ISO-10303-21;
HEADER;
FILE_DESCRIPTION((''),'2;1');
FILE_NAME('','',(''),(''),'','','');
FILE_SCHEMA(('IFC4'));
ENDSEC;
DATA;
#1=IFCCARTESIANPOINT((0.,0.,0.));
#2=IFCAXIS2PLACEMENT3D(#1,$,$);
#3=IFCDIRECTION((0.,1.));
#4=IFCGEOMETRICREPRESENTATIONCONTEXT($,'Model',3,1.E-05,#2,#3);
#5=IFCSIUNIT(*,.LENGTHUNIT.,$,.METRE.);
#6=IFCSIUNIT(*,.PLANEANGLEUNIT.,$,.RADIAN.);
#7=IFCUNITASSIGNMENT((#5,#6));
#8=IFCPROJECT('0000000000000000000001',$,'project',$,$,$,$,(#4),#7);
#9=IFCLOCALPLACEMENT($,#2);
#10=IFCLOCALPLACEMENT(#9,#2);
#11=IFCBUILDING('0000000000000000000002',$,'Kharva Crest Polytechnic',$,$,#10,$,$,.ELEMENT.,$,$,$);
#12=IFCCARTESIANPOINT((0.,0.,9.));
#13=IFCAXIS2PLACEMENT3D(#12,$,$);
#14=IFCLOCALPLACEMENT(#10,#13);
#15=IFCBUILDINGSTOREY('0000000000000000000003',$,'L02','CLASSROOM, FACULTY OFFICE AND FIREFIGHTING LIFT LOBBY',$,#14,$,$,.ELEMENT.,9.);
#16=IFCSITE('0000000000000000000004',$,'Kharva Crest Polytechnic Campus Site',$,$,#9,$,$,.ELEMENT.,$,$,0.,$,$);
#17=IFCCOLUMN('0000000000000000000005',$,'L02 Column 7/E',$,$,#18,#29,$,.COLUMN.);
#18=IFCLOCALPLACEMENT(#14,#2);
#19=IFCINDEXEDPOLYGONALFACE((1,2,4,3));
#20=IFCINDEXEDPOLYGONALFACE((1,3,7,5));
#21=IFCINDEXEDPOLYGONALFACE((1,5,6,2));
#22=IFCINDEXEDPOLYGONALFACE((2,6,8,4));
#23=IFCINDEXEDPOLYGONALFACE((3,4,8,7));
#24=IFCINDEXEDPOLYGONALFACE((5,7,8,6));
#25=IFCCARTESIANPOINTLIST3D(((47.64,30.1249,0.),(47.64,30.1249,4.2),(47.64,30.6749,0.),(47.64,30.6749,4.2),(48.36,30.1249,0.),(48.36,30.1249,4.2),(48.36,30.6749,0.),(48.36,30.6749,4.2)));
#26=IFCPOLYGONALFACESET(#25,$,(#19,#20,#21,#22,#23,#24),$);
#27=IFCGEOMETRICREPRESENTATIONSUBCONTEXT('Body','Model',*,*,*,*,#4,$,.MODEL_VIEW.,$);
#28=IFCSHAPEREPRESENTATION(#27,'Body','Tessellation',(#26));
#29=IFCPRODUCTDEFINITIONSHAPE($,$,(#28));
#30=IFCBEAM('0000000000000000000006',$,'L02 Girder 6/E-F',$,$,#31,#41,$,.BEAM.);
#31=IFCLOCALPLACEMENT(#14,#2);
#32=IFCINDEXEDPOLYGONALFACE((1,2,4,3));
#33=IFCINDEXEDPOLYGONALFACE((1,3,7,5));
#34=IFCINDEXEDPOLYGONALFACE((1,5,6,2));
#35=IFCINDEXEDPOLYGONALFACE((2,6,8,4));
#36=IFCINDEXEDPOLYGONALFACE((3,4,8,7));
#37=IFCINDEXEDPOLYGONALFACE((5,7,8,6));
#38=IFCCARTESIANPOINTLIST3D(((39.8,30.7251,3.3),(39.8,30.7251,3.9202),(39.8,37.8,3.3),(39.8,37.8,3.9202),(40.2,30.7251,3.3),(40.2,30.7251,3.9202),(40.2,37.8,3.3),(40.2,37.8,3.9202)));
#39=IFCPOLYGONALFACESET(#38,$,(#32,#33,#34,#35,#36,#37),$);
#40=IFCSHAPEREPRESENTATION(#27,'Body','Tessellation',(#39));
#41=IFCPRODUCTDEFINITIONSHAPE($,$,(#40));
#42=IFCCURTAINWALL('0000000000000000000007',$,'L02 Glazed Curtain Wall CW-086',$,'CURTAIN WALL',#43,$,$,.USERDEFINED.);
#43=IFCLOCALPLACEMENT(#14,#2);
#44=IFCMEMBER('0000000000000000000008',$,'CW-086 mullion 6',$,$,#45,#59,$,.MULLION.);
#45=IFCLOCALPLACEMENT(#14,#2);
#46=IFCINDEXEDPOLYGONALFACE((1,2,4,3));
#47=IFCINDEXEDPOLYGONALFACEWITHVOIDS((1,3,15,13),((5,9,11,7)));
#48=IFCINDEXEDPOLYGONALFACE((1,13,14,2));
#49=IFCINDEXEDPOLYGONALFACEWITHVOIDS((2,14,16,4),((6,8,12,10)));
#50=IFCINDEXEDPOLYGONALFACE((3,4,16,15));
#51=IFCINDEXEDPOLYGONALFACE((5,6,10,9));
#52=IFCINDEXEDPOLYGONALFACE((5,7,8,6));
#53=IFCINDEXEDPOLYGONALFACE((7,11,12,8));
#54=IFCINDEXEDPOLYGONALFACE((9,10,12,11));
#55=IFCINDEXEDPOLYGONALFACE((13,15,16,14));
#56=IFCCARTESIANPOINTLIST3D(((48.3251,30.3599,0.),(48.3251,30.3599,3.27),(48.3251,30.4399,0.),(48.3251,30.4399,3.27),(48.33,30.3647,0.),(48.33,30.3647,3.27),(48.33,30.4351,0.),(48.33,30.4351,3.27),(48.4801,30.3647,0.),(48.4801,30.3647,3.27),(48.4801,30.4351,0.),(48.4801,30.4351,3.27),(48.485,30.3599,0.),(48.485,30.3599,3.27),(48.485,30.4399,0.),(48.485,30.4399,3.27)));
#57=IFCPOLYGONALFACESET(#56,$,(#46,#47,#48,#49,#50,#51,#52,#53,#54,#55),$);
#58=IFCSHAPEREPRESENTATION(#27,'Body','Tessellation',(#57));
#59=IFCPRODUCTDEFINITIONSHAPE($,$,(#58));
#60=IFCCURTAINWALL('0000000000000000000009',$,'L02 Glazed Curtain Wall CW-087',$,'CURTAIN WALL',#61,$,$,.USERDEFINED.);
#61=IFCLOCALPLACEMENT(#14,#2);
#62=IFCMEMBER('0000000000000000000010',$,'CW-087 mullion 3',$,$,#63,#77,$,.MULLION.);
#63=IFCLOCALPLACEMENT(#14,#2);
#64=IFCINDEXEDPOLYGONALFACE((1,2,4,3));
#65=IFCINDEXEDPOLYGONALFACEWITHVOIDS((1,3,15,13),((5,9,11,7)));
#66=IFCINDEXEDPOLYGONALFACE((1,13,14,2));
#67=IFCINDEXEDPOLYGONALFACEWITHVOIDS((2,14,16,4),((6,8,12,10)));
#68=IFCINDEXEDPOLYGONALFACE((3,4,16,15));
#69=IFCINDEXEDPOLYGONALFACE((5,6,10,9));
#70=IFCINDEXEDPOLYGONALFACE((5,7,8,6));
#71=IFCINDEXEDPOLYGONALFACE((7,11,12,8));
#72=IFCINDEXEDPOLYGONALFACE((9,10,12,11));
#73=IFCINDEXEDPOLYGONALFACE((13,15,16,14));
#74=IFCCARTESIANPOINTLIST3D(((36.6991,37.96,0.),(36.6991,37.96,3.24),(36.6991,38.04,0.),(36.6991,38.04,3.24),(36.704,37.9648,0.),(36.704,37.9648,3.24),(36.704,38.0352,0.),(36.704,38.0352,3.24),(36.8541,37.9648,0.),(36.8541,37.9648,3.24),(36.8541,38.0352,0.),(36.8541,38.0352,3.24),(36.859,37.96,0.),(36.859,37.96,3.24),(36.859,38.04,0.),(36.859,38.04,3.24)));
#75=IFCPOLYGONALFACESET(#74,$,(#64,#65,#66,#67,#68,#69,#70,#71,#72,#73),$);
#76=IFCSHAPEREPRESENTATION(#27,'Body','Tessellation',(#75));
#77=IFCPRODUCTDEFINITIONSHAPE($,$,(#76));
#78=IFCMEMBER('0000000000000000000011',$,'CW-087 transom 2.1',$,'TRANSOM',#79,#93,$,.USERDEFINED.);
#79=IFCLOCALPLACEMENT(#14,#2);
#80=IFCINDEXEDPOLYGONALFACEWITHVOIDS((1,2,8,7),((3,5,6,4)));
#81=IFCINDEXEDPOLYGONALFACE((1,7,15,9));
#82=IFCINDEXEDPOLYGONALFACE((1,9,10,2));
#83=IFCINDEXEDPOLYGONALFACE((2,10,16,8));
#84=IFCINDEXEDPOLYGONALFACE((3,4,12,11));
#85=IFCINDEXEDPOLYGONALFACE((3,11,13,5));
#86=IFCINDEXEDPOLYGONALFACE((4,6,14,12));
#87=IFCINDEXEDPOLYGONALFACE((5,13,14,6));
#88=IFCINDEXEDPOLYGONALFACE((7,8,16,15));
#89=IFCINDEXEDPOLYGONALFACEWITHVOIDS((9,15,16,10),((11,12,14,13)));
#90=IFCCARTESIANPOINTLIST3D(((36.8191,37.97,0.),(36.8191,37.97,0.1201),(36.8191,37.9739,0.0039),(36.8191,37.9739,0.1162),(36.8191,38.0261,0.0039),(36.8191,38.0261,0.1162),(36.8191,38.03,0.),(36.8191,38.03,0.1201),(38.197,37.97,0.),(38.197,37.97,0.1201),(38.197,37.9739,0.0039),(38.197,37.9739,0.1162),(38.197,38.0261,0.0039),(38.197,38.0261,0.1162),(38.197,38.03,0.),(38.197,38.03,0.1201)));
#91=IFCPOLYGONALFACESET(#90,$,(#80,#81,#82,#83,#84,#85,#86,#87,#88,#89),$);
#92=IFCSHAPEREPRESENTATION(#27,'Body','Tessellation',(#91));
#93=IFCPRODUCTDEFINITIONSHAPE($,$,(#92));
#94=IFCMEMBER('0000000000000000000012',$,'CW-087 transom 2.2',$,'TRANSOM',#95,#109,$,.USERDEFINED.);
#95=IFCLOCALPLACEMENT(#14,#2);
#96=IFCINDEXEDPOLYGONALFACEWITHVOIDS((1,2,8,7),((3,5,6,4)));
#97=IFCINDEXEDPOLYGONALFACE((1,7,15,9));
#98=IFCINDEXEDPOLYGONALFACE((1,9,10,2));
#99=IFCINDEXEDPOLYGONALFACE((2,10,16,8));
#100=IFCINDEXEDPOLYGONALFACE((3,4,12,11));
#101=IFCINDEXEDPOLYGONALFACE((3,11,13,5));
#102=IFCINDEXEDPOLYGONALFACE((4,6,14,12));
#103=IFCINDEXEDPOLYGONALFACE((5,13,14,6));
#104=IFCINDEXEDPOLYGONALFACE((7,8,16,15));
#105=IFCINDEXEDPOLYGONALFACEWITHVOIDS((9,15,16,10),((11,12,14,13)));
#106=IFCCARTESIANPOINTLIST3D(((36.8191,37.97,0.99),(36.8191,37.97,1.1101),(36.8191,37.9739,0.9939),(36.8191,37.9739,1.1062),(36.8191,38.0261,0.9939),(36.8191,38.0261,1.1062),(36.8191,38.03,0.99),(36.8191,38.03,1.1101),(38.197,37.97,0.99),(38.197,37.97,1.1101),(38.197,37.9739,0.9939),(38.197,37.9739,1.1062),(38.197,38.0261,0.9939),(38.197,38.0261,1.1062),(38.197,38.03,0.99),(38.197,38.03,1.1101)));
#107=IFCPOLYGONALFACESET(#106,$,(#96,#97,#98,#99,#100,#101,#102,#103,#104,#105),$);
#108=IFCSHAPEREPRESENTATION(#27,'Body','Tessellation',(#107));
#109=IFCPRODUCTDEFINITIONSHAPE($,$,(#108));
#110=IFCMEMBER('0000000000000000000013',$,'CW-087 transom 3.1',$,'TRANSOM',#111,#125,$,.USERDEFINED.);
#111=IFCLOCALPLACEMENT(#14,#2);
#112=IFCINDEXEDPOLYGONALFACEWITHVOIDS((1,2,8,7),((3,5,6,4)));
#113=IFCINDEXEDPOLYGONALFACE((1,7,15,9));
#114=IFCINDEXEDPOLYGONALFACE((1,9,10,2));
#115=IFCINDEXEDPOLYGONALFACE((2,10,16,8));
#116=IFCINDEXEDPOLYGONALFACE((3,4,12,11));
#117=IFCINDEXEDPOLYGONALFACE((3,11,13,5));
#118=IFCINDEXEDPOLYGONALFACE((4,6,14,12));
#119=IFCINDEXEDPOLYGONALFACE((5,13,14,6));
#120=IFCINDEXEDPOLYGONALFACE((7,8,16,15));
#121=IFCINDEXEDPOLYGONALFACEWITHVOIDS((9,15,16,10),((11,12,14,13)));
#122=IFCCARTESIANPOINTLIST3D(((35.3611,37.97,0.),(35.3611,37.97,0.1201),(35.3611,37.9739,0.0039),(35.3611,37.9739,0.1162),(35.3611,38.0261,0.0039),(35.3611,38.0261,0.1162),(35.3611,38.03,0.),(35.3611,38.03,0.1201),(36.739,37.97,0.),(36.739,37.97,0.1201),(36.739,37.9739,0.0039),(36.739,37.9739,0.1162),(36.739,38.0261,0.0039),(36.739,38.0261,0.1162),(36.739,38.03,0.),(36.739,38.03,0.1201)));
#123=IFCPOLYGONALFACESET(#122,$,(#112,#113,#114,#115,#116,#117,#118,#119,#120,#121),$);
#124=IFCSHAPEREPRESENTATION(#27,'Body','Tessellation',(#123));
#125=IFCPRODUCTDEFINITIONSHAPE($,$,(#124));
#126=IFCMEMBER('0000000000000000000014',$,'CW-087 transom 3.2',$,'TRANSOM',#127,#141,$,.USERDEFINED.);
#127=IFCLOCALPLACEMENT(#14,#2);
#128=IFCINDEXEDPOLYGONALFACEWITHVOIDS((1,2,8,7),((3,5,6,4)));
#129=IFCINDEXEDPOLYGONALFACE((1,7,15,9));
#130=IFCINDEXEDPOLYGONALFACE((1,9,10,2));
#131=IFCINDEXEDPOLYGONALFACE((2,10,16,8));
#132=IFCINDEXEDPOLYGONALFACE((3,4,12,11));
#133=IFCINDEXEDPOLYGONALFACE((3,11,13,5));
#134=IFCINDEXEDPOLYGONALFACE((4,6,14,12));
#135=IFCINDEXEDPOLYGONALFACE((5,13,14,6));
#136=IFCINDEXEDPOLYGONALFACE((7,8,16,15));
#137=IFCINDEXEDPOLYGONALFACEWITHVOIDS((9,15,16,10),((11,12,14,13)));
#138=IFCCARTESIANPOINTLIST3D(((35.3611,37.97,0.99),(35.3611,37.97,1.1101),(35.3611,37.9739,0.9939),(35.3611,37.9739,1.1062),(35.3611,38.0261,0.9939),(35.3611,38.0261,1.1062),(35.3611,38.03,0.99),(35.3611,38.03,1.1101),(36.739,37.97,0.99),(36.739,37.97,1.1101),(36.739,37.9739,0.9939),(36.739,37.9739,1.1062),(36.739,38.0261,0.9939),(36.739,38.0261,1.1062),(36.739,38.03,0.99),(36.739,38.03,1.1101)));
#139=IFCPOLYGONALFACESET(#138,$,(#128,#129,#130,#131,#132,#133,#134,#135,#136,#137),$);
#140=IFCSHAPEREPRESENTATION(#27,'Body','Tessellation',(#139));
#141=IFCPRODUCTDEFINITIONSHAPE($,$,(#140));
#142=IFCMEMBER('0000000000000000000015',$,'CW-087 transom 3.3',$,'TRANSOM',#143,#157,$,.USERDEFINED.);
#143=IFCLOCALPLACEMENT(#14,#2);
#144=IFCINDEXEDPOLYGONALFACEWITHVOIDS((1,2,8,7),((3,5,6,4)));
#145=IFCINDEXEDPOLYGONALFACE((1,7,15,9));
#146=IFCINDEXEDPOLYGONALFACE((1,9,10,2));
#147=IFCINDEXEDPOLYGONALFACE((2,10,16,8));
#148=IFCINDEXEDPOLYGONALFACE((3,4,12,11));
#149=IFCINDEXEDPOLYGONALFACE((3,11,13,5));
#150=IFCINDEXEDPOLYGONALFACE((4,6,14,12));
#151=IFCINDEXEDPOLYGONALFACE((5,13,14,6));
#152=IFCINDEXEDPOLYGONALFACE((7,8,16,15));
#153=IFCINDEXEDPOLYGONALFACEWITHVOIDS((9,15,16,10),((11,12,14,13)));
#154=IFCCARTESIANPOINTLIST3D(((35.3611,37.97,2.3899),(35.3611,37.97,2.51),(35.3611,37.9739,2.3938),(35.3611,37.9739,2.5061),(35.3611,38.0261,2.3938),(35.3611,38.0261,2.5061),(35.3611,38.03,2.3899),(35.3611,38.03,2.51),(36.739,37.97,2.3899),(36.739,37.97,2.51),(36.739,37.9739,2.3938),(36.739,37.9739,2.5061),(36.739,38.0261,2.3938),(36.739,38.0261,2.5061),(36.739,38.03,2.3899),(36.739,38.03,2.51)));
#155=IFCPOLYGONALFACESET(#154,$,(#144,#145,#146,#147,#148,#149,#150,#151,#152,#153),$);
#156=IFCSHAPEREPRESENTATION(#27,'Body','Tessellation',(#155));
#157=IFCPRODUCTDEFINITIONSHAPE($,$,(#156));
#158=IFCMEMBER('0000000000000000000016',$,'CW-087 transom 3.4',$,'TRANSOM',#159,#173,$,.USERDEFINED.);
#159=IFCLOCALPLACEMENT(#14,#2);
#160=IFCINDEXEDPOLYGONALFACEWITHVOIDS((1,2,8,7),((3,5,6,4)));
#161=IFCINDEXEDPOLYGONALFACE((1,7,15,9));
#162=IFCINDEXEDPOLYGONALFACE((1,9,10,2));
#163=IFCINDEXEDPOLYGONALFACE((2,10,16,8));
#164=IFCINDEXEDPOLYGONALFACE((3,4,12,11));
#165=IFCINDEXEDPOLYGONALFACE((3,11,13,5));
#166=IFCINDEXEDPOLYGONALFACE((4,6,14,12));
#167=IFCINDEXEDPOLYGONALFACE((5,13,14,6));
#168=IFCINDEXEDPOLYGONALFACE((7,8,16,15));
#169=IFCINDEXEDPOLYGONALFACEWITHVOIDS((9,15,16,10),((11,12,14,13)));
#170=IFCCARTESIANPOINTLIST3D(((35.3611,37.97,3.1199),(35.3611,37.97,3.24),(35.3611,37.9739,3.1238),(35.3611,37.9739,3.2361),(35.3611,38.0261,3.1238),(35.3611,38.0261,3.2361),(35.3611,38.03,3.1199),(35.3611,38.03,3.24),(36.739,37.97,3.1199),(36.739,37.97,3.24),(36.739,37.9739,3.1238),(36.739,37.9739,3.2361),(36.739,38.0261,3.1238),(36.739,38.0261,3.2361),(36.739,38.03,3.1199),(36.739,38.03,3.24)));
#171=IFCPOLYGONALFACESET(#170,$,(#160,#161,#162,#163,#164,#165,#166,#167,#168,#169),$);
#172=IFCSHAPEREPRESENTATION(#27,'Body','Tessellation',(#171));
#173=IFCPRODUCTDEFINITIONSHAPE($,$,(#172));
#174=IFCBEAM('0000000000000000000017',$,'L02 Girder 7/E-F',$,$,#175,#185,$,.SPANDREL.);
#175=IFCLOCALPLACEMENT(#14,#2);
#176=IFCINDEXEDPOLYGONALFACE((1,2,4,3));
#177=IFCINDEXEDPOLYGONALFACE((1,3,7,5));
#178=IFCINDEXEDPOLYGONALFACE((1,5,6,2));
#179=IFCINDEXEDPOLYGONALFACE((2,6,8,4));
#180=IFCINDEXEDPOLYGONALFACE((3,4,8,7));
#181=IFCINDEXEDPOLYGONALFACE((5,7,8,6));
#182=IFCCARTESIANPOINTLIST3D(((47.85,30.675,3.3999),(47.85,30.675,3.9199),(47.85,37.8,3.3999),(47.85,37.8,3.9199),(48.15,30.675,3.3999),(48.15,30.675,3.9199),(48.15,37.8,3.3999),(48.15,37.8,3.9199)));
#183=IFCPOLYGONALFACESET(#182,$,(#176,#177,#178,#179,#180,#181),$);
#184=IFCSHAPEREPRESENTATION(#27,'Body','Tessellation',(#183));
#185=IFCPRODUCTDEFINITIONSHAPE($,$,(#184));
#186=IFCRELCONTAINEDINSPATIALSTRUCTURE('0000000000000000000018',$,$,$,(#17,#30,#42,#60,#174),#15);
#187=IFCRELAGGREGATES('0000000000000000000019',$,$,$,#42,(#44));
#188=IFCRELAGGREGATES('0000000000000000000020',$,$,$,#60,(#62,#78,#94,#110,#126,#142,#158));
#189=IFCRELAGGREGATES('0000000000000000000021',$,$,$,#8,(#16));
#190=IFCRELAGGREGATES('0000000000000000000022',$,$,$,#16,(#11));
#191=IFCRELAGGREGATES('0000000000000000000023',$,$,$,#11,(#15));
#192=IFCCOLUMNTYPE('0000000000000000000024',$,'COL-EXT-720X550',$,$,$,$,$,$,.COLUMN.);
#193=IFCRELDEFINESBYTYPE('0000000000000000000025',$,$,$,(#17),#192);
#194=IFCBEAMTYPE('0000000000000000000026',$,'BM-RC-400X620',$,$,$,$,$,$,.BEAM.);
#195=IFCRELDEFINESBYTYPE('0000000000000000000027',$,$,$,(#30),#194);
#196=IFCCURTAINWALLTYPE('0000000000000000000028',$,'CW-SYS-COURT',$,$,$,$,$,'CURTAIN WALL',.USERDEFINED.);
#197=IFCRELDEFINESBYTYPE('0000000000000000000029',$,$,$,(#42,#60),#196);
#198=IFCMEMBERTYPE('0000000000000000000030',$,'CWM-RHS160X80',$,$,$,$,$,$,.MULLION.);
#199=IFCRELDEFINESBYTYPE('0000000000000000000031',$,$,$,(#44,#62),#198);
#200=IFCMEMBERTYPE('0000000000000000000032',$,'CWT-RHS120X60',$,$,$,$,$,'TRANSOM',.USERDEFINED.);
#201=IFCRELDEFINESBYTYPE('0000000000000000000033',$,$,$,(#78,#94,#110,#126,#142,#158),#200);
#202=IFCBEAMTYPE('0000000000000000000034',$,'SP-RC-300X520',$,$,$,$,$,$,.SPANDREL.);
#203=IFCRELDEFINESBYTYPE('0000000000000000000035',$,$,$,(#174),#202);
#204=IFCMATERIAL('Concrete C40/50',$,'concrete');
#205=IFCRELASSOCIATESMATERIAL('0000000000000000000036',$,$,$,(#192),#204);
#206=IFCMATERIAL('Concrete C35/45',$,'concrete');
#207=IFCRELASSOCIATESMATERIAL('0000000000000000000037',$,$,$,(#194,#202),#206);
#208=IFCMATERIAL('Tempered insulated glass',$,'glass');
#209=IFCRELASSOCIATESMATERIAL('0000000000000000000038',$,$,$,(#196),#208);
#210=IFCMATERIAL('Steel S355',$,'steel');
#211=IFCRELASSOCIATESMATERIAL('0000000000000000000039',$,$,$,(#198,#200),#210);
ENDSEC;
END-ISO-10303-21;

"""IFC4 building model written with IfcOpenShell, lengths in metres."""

from ifc_helpers import new_model, si_unit, direction, frame, origin, origin_2d, place, context, subcontext, project, spatial, rectangle, hollow_rectangle, extrude, material, material_profile, profile_set, type_object, element, aggregate, save


model = new_model("IFC4")

# Units and contexts
model_context = context("Model", 3, precision=1e-05, world=origin(), true_north=direction((0.0, 1.0)))
body_context = subcontext(model_context, "Body", "Model", "MODEL_VIEW")
ifc_project = project(units=[si_unit("LENGTHUNIT", "METRE"), si_unit("PLANEANGLEUNIT", "RADIAN")], contexts=[model_context])

# Site, building, storey
site_placement = place(None, origin())
site = spatial("IfcSite", under=ifc_project, at=site_placement, Name="Kharva Crest Polytechnic Campus Site", CompositionType="ELEMENT", RefElevation=0.0)
building_placement = place(site_placement, origin())
building = spatial("IfcBuilding", under=site, at=building_placement, Name="Kharva Crest Polytechnic", CompositionType="ELEMENT")
storey_placement = place(building_placement, frame((0.0, 0.0, 9.0)))
storey = spatial("IfcBuildingStorey", under=building, at=storey_placement, Name="L02", Description="CLASSROOM, FACULTY OFFICE AND FIREFIGHTING LIFT LOBBY", CompositionType="ELEMENT", Elevation=9.0)

# Column
ifc_material_1 = material(Name="Concrete C40/50", Category="concrete")
ifc_material_profile_1 = material_profile(ifc_material_1, rectangle(XDim=0.72, YDim=0.55, at=origin_2d()), Name="RECT 720 X 550")
ifc_profile_set_1 = profile_set([ifc_material_profile_1], Name="Concrete C40/50")
column_type = type_object("IfcColumnType", Name="COL-EXT-720X550", PredefinedType="COLUMN", material=ifc_profile_set_1)
column_placement = place(storey_placement, frame((48.0, 30.3999, 0.0), z_axis=(0.0, 0.0, 1.0), x_axis=(1.0, 0.0, 0.0)))
element("IfcColumn", 1, at=column_placement, inside=storey, type_object=column_type, Name="L02 Column 7/E", PredefinedType="COLUMN", context=body_context, shape_type="SweptSolid", body=[
    extrude(rectangle(XDim=0.72, YDim=0.55, at=origin_2d()), origin(), (0.0, 0.0, 1.0), 4.2),
])

# Beam
ifc_material_2 = material(Name="Concrete C35/45", Category="concrete")
ifc_material_profile_2 = material_profile(ifc_material_2, rectangle(XDim=0.3999, YDim=0.6201, at=origin_2d()), Name="RECT 400 X 620")
ifc_profile_set_2 = profile_set([ifc_material_profile_2], Name="Concrete C35/45")
beam_type_1 = type_object("IfcBeamType", Name="BM-RC-400X620", PredefinedType="BEAM", material=ifc_profile_set_2)
beam_1_placement = place(storey_placement, frame((40.0, 30.7251, 3.6101), z_axis=(0.0, 1.0, 0.0), x_axis=(-1.0, 0.0, 0.0)))
element("IfcBeam", 2, at=beam_1_placement, inside=storey, type_object=beam_type_1, Name="L02 Girder 6/E-F", PredefinedType="BEAM", context=body_context, shape_type="SweptSolid", body=[
    extrude(rectangle(XDim=0.3999, YDim=0.6201, at=origin_2d()), origin(), (0.0, 0.0, 1.0), 7.075),
])

# Curtain wall, member
ifc_material_3 = material(Name="Tempered insulated glass", Category="glass")
curtain_wall_type = type_object("IfcCurtainWallType", Name="CW-SYS-COURT", ElementType="CURTAIN WALL", PredefinedType="USERDEFINED", material=ifc_material_3)
curtain_wall_1_placement = place(storey_placement, origin())
curtain_wall_1 = element("IfcCurtainWall", 3, at=curtain_wall_1_placement, inside=storey, type_object=curtain_wall_type, Name="L02 Glazed Curtain Wall CW-086", ObjectType="CURTAIN WALL", PredefinedType="USERDEFINED")
ifc_material_4 = material(Name="Steel S355", Category="steel")
ifc_material_profile_3 = material_profile(ifc_material_4, hollow_rectangle(XDim=0.0801, YDim=0.1599, WallThickness=0.0049, at=origin_2d()), Name="RHS 160X80X5.0")
ifc_profile_set_3 = profile_set([ifc_material_profile_3], Name="Steel S355")
member_type_1 = type_object("IfcMemberType", Name="CWM-RHS160X80", PredefinedType="MULLION", material=ifc_profile_set_3)
member_1_placement = place(storey_placement, frame((48.405, 30.3999, 0.0), z_axis=(0.0, 0.0, 1.0), x_axis=(0.0, -1.0, 0.0)))
member_1 = element("IfcMember", 4, at=member_1_placement, type_object=member_type_1, Name="CW-086 mullion 6", PredefinedType="MULLION", context=body_context, shape_type="SweptSolid", body=[
    extrude(hollow_rectangle(XDim=0.0801, YDim=0.1599, WallThickness=0.0049, at=origin_2d()), origin(), (0.0, 0.0, 1.0), 3.27),
])

# Curtain wall, members
curtain_wall_2_placement = place(storey_placement, origin())
curtain_wall_2 = element("IfcCurtainWall", 5, at=curtain_wall_2_placement, inside=storey, type_object=curtain_wall_type, Name="L02 Glazed Curtain Wall CW-087", ObjectType="CURTAIN WALL", PredefinedType="USERDEFINED")
member_2_placement = place(storey_placement, frame((36.7791, 38.0, 0.0), z_axis=(0.0, 0.0, 1.0), x_axis=(0.0, -1.0, 0.0)))
member_2 = element("IfcMember", 6, at=member_2_placement, type_object=member_type_1, Name="CW-087 mullion 3", PredefinedType="MULLION", context=body_context, shape_type="SweptSolid", body=[
    extrude(hollow_rectangle(XDim=0.0801, YDim=0.1599, WallThickness=0.0049, at=origin_2d()), origin(), (0.0, 0.0, 1.0), 3.24),
])
ifc_material_profile_4 = material_profile(ifc_material_4, hollow_rectangle(XDim=0.0601, YDim=0.1201, WallThickness=0.0039, at=origin_2d()), Name="RHS 120X60X4.0")
ifc_profile_set_4 = profile_set([ifc_material_profile_4], Name="Steel S355")
member_type_2 = type_object("IfcMemberType", Name="CWT-RHS120X60", ElementType="TRANSOM", PredefinedType="USERDEFINED", material=ifc_profile_set_4)
member_3_placement = place(storey_placement, frame((38.197, 38.0, 0.0601), z_axis=(-1.0, 0.0, 0.0), x_axis=(0.0, -1.0, 0.0)))
member_3 = element("IfcMember", 7, at=member_3_placement, type_object=member_type_2, Name="CW-087 transom 2.1", ObjectType="TRANSOM", PredefinedType="USERDEFINED", context=body_context, shape_type="SweptSolid", body=[
    extrude(hollow_rectangle(XDim=0.0601, YDim=0.1201, WallThickness=0.0039, at=origin_2d()), origin(), (0.0, 0.0, 1.0), 1.3779),
])
member_4_placement = place(storey_placement, frame((38.197, 38.0, 1.05), z_axis=(-1.0, 0.0, 0.0), x_axis=(0.0, -1.0, 0.0)))
member_4 = element("IfcMember", 8, at=member_4_placement, type_object=member_type_2, Name="CW-087 transom 2.2", ObjectType="TRANSOM", PredefinedType="USERDEFINED", context=body_context, shape_type="SweptSolid", body=[
    extrude(hollow_rectangle(XDim=0.0601, YDim=0.1201, WallThickness=0.0039, at=origin_2d()), origin(), (0.0, 0.0, 1.0), 1.3779),
])
member_5_placement = place(storey_placement, frame((36.739, 38.0, 0.0601), z_axis=(-1.0, 0.0, 0.0), x_axis=(0.0, -1.0, 0.0)))
member_5 = element("IfcMember", 9, at=member_5_placement, type_object=member_type_2, Name="CW-087 transom 3.1", ObjectType="TRANSOM", PredefinedType="USERDEFINED", context=body_context, shape_type="SweptSolid", body=[
    extrude(hollow_rectangle(XDim=0.0601, YDim=0.1201, WallThickness=0.0039, at=origin_2d()), origin(), (0.0, 0.0, 1.0), 1.3779),
])
member_6_placement = place(storey_placement, frame((36.739, 38.0, 1.05), z_axis=(-1.0, 0.0, 0.0), x_axis=(0.0, -1.0, 0.0)))
member_6 = element("IfcMember", 10, at=member_6_placement, type_object=member_type_2, Name="CW-087 transom 3.2", ObjectType="TRANSOM", PredefinedType="USERDEFINED", context=body_context, shape_type="SweptSolid", body=[
    extrude(hollow_rectangle(XDim=0.0601, YDim=0.1201, WallThickness=0.0039, at=origin_2d()), origin(), (0.0, 0.0, 1.0), 1.3779),
])
member_7_placement = place(storey_placement, frame((36.739, 38.0, 2.45), z_axis=(-1.0, 0.0, 0.0), x_axis=(0.0, -1.0, 0.0)))
member_7 = element("IfcMember", 11, at=member_7_placement, type_object=member_type_2, Name="CW-087 transom 3.3", ObjectType="TRANSOM", PredefinedType="USERDEFINED", context=body_context, shape_type="SweptSolid", body=[
    extrude(hollow_rectangle(XDim=0.0601, YDim=0.1201, WallThickness=0.0039, at=origin_2d()), origin(), (0.0, 0.0, 1.0), 1.3779),
])
member_8_placement = place(storey_placement, frame((36.739, 38.0, 3.1799), z_axis=(-1.0, 0.0, 0.0), x_axis=(0.0, -1.0, 0.0)))
member_8 = element("IfcMember", 12, at=member_8_placement, type_object=member_type_2, Name="CW-087 transom 3.4", ObjectType="TRANSOM", PredefinedType="USERDEFINED", context=body_context, shape_type="SweptSolid", body=[
    extrude(hollow_rectangle(XDim=0.0601, YDim=0.1201, WallThickness=0.0039, at=origin_2d()), origin(), (0.0, 0.0, 1.0), 1.3779),
])

# Beam
ifc_material_profile_5 = material_profile(ifc_material_2, rectangle(XDim=0.3, YDim=0.52, at=origin_2d()), Name="RECT 300 X 520")
ifc_profile_set_5 = profile_set([ifc_material_profile_5], Name="Concrete C35/45")
beam_type_2 = type_object("IfcBeamType", Name="SP-RC-300X520", PredefinedType="SPANDREL", material=ifc_profile_set_5)
beam_2_placement = place(storey_placement, frame((48.0, 30.675, 3.6599), z_axis=(0.0, 1.0, 0.0), x_axis=(-1.0, 0.0, 0.0)))
element("IfcBeam", 13, at=beam_2_placement, inside=storey, type_object=beam_type_2, Name="L02 Girder 7/E-F", PredefinedType="SPANDREL", context=body_context, shape_type="SweptSolid", body=[
    extrude(rectangle(XDim=0.3, YDim=0.52, at=origin_2d()), origin(), (0.0, 0.0, 1.0), 7.125),
])

aggregate(curtain_wall_1, [member_1])
aggregate(curtain_wall_2, [member_2, member_3, member_4, member_5, member_6, member_7, member_8])

save(model, "model.ifc")
